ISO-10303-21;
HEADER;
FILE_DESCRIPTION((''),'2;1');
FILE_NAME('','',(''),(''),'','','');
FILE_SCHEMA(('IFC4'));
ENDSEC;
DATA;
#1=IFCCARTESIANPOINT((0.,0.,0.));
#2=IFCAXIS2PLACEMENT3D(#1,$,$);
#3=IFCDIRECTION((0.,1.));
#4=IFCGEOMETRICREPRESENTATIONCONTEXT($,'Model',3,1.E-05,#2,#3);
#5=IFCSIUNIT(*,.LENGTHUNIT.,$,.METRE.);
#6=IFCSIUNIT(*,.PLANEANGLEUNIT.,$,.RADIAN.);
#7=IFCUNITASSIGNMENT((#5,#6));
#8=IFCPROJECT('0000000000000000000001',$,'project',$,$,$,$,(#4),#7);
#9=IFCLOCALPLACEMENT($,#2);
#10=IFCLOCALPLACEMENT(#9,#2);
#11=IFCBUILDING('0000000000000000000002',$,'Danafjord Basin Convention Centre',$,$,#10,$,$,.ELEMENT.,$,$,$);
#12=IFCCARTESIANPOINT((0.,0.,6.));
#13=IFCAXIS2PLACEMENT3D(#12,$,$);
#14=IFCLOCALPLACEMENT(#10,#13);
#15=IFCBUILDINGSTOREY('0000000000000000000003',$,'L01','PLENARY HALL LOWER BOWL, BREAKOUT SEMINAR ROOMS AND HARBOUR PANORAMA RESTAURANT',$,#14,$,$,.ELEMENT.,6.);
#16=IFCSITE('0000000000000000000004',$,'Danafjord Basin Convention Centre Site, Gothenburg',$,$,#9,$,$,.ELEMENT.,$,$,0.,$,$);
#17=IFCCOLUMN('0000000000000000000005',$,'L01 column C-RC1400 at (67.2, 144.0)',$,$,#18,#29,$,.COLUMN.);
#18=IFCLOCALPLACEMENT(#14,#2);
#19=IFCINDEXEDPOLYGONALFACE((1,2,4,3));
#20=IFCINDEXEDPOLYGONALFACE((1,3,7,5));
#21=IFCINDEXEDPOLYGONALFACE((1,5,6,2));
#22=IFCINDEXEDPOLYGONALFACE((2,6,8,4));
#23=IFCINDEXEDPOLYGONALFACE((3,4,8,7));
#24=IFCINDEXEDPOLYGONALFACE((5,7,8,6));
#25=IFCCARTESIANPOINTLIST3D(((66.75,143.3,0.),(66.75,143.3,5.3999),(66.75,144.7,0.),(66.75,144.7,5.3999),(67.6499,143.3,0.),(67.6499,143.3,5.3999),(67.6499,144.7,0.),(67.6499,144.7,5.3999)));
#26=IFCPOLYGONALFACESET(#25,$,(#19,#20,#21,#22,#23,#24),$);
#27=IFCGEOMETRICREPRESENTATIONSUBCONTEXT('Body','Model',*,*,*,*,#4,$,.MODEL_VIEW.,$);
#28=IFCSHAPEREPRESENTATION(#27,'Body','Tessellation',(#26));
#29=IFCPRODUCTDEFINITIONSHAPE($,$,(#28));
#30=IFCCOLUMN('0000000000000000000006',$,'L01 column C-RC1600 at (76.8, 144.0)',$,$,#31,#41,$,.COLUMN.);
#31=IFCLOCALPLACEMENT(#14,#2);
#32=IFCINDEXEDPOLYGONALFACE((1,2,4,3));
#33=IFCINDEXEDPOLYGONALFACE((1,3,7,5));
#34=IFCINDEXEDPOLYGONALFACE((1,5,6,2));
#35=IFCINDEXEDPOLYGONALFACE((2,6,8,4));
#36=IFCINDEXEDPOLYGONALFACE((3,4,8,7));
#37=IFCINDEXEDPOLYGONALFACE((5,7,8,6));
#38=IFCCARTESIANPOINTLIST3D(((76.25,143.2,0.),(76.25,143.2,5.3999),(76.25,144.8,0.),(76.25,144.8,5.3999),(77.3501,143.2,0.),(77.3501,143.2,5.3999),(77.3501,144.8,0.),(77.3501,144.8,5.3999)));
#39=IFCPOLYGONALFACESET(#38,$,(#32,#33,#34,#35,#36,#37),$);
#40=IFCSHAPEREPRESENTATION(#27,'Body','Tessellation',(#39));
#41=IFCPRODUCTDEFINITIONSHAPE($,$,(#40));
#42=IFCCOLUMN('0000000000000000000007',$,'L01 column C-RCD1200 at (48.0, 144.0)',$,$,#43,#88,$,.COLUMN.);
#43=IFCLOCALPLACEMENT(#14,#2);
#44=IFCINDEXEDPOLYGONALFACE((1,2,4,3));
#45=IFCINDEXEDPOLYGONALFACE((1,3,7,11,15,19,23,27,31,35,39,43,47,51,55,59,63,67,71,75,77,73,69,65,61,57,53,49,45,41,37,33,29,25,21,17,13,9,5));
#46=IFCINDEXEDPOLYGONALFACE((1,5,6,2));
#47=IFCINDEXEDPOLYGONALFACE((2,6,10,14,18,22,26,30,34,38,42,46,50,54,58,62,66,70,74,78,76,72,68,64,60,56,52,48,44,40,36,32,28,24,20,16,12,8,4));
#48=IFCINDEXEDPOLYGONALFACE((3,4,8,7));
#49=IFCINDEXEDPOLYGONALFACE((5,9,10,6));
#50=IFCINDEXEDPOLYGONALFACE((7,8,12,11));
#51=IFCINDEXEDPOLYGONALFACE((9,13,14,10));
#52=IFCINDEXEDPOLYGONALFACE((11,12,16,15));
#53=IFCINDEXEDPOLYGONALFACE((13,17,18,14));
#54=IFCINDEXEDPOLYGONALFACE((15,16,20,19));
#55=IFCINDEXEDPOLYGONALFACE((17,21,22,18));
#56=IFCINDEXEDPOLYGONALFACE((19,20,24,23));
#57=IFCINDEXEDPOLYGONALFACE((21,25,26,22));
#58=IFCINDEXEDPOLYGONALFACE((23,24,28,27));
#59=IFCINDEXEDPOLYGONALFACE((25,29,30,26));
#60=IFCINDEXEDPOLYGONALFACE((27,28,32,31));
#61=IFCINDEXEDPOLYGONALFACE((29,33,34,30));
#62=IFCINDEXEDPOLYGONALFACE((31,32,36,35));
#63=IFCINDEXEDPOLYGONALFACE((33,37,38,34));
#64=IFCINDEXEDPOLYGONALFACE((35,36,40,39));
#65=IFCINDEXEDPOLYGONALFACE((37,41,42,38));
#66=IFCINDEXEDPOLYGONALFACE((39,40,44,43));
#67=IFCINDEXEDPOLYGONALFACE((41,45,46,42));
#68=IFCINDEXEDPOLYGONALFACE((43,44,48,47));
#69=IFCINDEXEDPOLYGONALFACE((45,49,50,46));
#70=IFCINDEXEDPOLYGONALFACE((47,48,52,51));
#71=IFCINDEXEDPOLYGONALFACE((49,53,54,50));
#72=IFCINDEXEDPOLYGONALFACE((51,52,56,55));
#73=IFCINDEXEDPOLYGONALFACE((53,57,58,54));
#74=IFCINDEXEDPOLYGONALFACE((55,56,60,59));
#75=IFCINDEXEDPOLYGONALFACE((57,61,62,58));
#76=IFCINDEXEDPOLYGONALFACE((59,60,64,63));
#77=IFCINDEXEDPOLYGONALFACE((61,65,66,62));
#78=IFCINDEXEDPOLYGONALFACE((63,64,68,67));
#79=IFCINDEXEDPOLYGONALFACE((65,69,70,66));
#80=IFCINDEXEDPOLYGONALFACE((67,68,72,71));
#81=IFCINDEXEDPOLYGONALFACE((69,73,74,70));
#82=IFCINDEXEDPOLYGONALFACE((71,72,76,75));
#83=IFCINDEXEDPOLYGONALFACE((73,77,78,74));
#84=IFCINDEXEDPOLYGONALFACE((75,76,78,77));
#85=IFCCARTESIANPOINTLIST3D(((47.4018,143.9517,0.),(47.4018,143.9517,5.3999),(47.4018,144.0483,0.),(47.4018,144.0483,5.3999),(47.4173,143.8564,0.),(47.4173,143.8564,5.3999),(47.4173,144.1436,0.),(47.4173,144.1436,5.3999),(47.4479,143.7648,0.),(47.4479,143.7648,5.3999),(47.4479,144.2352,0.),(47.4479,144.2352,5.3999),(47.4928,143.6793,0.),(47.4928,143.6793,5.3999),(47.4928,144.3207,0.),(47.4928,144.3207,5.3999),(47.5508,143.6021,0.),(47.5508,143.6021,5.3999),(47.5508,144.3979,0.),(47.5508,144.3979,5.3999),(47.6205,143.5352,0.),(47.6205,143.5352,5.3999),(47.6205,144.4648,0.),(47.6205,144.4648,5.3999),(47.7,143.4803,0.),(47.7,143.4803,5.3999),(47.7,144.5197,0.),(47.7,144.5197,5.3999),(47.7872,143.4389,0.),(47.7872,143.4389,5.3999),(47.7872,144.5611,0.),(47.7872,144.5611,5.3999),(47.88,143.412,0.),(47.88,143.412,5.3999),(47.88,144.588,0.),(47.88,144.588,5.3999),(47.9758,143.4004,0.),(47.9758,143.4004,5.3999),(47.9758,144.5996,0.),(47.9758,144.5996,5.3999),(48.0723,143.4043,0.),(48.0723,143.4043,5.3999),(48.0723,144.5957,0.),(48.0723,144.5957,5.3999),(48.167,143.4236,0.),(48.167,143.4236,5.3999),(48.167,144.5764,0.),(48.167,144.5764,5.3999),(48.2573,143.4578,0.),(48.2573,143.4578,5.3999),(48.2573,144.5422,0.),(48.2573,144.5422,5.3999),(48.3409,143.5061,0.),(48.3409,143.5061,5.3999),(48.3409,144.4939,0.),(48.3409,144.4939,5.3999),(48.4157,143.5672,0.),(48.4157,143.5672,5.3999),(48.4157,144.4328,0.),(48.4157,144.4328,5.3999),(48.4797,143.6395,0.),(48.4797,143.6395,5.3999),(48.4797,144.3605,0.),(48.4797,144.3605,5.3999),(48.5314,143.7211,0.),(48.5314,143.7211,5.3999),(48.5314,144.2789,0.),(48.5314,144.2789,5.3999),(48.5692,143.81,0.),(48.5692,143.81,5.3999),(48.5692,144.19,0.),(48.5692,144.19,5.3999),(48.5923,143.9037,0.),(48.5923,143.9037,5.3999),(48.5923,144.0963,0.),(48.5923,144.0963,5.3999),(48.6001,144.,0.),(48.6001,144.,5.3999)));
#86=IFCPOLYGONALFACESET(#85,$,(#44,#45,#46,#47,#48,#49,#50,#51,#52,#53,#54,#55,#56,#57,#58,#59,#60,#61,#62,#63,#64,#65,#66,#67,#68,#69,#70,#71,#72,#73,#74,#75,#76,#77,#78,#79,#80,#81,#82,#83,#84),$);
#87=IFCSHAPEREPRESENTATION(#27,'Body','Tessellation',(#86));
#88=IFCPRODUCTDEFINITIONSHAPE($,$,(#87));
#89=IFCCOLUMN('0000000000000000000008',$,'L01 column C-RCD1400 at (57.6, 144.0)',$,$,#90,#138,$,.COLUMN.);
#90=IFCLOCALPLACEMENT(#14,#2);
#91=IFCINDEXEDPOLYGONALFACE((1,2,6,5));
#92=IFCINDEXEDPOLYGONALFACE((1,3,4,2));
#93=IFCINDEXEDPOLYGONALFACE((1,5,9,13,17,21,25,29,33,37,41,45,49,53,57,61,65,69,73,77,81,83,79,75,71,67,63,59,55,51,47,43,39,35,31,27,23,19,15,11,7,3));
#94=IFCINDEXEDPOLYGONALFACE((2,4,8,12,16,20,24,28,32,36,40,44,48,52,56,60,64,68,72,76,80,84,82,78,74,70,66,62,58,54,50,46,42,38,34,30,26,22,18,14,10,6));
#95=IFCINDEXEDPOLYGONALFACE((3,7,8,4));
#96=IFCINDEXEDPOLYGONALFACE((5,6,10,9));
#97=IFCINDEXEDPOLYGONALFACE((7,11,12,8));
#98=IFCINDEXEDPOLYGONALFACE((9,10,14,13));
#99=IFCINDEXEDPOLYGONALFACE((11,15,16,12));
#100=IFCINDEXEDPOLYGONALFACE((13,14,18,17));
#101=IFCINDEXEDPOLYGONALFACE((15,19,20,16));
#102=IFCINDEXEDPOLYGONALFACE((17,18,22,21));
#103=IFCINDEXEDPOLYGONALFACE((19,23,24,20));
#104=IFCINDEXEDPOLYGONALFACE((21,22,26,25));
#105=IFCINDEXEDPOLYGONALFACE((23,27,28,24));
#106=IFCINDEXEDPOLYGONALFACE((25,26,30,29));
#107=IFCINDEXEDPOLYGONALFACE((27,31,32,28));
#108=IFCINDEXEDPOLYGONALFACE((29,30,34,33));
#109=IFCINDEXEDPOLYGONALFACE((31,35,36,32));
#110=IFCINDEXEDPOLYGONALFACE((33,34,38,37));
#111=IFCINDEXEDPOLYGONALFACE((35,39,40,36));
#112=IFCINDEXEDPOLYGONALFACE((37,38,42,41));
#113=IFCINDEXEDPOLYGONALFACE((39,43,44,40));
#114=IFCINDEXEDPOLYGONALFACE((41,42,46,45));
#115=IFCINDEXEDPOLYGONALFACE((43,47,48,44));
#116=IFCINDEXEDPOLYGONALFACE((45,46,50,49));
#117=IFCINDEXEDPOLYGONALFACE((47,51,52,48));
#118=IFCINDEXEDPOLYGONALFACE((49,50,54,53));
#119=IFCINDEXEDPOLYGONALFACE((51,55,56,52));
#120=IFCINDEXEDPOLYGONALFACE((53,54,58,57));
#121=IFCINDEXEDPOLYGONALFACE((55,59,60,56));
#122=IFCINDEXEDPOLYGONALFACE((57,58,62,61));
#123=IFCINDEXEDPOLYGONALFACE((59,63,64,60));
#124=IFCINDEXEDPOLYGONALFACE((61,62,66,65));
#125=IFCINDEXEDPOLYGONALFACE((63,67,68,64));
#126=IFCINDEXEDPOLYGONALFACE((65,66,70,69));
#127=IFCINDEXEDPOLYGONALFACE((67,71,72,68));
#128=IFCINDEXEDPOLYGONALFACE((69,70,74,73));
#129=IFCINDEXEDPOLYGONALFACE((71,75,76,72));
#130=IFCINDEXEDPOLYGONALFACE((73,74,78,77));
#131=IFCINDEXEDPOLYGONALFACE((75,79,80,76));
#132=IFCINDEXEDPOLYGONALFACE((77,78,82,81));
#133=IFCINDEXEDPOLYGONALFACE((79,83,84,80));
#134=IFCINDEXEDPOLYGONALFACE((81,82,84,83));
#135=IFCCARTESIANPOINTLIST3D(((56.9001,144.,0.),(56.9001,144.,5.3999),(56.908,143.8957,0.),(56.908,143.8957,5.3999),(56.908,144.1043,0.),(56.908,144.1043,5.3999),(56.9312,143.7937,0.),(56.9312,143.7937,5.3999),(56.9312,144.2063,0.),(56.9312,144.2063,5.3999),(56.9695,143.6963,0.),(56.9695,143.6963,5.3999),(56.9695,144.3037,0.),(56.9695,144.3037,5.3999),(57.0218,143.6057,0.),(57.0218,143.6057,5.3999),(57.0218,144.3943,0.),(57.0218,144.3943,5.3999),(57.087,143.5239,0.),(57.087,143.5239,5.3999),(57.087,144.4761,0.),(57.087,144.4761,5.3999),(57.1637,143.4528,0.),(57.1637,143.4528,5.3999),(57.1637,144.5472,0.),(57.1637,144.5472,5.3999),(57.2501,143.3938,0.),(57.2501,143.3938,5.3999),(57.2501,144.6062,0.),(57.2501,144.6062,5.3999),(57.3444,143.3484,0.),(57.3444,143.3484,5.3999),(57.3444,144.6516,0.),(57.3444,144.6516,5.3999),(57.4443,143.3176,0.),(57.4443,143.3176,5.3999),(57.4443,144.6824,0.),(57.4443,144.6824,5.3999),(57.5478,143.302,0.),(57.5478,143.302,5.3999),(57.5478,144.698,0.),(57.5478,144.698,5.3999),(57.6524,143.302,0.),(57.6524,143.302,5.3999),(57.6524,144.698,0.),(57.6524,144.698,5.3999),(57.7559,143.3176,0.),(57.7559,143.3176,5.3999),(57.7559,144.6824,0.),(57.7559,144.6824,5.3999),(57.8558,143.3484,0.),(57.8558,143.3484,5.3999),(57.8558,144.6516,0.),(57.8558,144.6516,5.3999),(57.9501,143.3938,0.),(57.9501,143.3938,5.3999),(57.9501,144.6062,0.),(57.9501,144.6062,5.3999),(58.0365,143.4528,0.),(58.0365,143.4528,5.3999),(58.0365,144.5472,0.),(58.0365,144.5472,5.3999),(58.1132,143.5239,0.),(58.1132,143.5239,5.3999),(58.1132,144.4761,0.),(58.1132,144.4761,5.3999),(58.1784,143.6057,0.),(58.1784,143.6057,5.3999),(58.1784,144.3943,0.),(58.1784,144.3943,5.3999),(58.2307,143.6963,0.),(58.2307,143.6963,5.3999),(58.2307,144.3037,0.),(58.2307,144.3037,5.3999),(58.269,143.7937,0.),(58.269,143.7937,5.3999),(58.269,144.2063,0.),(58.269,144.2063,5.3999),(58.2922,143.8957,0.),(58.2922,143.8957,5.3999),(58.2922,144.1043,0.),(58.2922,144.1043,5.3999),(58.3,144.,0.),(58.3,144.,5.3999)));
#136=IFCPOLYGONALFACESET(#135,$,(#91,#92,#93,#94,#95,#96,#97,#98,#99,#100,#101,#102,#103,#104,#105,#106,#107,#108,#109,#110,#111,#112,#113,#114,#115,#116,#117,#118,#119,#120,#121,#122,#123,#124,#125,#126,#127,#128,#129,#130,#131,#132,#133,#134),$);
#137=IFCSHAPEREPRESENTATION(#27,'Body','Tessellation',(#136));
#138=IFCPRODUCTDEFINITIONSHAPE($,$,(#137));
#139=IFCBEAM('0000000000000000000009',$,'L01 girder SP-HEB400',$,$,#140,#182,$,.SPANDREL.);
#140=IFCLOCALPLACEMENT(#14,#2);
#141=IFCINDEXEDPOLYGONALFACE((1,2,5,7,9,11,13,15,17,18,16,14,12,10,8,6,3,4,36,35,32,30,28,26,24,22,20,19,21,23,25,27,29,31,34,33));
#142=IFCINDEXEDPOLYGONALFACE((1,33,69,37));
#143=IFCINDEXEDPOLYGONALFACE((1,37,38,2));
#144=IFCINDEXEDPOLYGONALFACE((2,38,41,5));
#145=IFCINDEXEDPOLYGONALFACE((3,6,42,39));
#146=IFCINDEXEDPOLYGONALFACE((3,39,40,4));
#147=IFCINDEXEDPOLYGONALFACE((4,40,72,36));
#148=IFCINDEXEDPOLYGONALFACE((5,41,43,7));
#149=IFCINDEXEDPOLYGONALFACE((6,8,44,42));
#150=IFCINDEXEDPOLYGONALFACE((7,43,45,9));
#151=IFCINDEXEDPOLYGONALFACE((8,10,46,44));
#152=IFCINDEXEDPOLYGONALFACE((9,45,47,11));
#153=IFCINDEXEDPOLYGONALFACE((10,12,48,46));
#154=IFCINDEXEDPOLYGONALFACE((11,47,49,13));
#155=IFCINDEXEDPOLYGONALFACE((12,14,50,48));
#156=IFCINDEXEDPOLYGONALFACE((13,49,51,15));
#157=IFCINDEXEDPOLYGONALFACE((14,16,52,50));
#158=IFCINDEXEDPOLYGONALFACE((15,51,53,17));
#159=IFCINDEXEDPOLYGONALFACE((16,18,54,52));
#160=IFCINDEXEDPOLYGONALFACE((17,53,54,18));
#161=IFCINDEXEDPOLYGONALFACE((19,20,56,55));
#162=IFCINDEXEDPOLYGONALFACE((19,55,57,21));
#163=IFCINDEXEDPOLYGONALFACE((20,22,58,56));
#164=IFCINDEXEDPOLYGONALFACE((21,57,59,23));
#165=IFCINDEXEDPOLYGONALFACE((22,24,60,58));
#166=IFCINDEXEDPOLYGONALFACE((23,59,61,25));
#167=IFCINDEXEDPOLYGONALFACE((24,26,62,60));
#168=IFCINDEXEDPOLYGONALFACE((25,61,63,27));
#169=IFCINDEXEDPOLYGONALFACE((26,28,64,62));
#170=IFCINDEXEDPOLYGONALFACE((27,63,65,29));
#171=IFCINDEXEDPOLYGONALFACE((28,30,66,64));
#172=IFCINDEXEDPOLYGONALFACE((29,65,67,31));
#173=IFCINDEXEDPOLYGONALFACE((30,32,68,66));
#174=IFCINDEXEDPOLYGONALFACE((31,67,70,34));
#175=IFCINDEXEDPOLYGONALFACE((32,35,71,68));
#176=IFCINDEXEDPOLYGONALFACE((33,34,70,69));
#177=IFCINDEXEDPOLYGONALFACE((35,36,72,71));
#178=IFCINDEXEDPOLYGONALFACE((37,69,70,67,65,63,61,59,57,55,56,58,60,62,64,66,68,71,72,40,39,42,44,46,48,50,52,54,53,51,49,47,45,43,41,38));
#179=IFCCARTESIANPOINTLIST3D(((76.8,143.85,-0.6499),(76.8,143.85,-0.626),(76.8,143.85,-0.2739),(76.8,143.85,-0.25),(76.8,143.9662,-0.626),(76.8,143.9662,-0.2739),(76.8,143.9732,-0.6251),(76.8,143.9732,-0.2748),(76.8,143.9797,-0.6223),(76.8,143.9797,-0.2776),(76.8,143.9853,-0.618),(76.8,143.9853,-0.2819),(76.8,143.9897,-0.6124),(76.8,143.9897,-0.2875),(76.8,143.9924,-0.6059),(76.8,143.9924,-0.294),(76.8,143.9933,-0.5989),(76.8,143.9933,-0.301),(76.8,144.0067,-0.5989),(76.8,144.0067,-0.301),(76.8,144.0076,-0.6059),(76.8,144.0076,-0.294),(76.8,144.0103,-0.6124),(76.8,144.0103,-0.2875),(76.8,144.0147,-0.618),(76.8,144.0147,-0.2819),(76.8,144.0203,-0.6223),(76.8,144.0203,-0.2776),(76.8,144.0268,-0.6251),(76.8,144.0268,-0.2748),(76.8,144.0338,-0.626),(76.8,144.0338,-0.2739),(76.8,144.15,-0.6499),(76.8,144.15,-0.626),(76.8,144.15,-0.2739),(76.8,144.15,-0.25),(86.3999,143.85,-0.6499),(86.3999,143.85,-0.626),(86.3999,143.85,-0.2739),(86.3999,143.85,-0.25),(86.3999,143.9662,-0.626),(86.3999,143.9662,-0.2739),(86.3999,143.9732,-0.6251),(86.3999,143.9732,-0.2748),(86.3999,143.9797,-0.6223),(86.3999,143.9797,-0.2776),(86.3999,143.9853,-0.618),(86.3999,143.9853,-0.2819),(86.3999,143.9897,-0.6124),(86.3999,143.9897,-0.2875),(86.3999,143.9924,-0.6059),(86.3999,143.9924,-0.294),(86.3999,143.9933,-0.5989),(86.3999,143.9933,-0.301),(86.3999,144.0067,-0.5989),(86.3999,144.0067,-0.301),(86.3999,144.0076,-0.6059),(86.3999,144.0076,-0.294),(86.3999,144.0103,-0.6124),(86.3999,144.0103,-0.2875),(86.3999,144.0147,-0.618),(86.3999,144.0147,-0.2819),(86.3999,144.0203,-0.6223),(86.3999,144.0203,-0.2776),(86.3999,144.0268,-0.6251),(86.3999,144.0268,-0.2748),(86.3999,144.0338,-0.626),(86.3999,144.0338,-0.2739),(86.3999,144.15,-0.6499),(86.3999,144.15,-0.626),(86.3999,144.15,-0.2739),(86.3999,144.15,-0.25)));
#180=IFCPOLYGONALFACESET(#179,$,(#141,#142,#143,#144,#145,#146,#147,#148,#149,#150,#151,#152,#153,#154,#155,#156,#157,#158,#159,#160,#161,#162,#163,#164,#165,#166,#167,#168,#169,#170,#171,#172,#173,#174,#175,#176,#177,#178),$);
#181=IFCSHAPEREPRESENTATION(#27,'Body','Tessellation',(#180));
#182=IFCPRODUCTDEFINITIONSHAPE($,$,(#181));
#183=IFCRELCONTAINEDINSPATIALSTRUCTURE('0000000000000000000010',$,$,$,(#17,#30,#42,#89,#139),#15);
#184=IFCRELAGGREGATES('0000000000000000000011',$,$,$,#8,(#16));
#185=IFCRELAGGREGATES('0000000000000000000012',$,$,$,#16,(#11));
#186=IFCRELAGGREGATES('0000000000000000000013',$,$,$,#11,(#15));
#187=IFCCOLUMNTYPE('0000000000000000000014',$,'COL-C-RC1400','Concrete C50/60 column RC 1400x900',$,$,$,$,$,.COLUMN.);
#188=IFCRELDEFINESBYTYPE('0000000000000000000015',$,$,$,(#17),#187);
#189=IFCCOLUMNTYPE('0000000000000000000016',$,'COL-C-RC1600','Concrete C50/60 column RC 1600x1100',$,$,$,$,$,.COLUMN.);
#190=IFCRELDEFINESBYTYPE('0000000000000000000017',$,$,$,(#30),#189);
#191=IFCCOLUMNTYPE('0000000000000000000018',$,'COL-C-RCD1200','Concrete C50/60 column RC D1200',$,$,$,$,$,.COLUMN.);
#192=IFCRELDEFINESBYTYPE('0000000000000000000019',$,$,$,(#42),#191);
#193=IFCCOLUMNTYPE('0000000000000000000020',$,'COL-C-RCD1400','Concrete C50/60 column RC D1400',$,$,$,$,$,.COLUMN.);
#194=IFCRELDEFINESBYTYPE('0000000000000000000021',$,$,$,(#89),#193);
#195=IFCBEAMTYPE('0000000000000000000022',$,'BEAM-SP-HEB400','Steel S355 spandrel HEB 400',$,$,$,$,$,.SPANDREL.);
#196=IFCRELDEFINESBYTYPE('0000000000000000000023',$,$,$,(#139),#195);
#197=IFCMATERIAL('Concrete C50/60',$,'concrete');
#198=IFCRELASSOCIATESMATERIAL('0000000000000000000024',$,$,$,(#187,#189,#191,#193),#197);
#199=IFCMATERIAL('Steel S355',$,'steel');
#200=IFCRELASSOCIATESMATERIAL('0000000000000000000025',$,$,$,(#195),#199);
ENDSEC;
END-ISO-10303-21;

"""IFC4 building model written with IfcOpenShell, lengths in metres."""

from ifc_helpers import new_model, si_unit, direction, frame, origin, origin_2d, place, context, subcontext, project, spatial, rectangle, circle, i_section, extrude, material, material_profile, profile_set, type_object, element, save


model = new_model("IFC4")

# Units and contexts
model_context = context("Model", 3, precision=1e-05, world=origin(), true_north=direction((0.0, 1.0)))
body_context = subcontext(model_context, "Body", "Model", "MODEL_VIEW")
ifc_project = project(units=[si_unit("LENGTHUNIT", "METRE"), si_unit("PLANEANGLEUNIT", "RADIAN")], contexts=[model_context])

# Site, building, storey
site_placement = place(None, origin())
site = spatial("IfcSite", under=ifc_project, at=site_placement, Name="Danafjord Basin Convention Centre Site, Gothenburg", CompositionType="ELEMENT", RefElevation=0.0)
building_placement = place(site_placement, origin())
building = spatial("IfcBuilding", under=site, at=building_placement, Name="Danafjord Basin Convention Centre", CompositionType="ELEMENT")
storey_placement = place(building_placement, frame((0.0, 0.0, 6.0)))
storey = spatial("IfcBuildingStorey", under=building, at=storey_placement, Name="L01", Description="PLENARY HALL LOWER BOWL, BREAKOUT SEMINAR ROOMS AND HARBOUR PANORAMA RESTAURANT", CompositionType="ELEMENT", Elevation=6.0)

# Columns
ifc_material_1 = material(Name="Concrete C50/60", Category="concrete")
ifc_material_profile_1 = material_profile(ifc_material_1, rectangle(XDim=0.8999, YDim=1.3999, at=origin_2d()), Name="RC 1400x900")
ifc_profile_set_1 = profile_set([ifc_material_profile_1], Name="Concrete C50/60")
column_type_1 = type_object("IfcColumnType", Name="COL-C-RC1400", Description="Concrete C50/60 column RC 1400x900", PredefinedType="COLUMN", material=ifc_profile_set_1)
column_1_placement = place(storey_placement, frame((67.2, 144.0, 0.0), z_axis=(0.0, 0.0, 1.0), x_axis=(1.0, 0.0, 0.0)))
element("IfcColumn", 1, at=column_1_placement, inside=storey, type_object=column_type_1, Name="L01 column C-RC1400 at (67.2, 144.0)", PredefinedType="COLUMN", context=body_context, shape_type="SweptSolid", body=[
    extrude(rectangle(XDim=0.8999, YDim=1.3999, at=origin_2d()), origin(), (0.0, 0.0, 1.0), 5.3999),
])
ifc_material_profile_2 = material_profile(ifc_material_1, rectangle(XDim=1.1001, YDim=1.6001, at=origin_2d()), Name="RC 1600x1100")
ifc_profile_set_2 = profile_set([ifc_material_profile_2], Name="Concrete C50/60")
column_type_2 = type_object("IfcColumnType", Name="COL-C-RC1600", Description="Concrete C50/60 column RC 1600x1100", PredefinedType="COLUMN", material=ifc_profile_set_2)
column_2_placement = place(storey_placement, frame((76.8, 144.0, 0.0), z_axis=(0.0, 0.0, 1.0), x_axis=(1.0, 0.0, 0.0)))
element("IfcColumn", 2, at=column_2_placement, inside=storey, type_object=column_type_2, Name="L01 column C-RC1600 at (76.8, 144.0)", PredefinedType="COLUMN", context=body_context, shape_type="SweptSolid", body=[
    extrude(rectangle(XDim=1.1001, YDim=1.6001, at=origin_2d()), origin(), (0.0, 0.0, 1.0), 5.3999),
])
ifc_material_profile_3 = material_profile(ifc_material_1, circle(Radius=0.6001, at=origin_2d()), Name="RC D1200")
ifc_profile_set_3 = profile_set([ifc_material_profile_3], Name="Concrete C50/60")
column_type_3 = type_object("IfcColumnType", Name="COL-C-RCD1200", Description="Concrete C50/60 column RC D1200", PredefinedType="COLUMN", material=ifc_profile_set_3)
column_3_placement = place(storey_placement, frame((48.0, 144.0, 0.0), z_axis=(0.0, 0.0, 1.0), x_axis=(1.0, 0.0, 0.0)))
element("IfcColumn", 3, at=column_3_placement, inside=storey, type_object=column_type_3, Name="L01 column C-RCD1200 at (48.0, 144.0)", PredefinedType="COLUMN", context=body_context, shape_type="SweptSolid", body=[
    extrude(circle(Radius=0.6001, at=origin_2d()), origin(), (0.0, 0.0, 1.0), 5.3999),
])
ifc_material_profile_4 = material_profile(ifc_material_1, circle(Radius=0.7, at=origin_2d()), Name="RC D1400")
ifc_profile_set_4 = profile_set([ifc_material_profile_4], Name="Concrete C50/60")
column_type_4 = type_object("IfcColumnType", Name="COL-C-RCD1400", Description="Concrete C50/60 column RC D1400", PredefinedType="COLUMN", material=ifc_profile_set_4)
column_4_placement = place(storey_placement, frame((57.6001, 144.0, 0.0), z_axis=(0.0, 0.0, 1.0), x_axis=(1.0, 0.0, 0.0)))
element("IfcColumn", 4, at=column_4_placement, inside=storey, type_object=column_type_4, Name="L01 column C-RCD1400 at (57.6, 144.0)", PredefinedType="COLUMN", context=body_context, shape_type="SweptSolid", body=[
    extrude(circle(Radius=0.7, at=origin_2d()), origin(), (0.0, 0.0, 1.0), 5.3999),
])

# Beam
ifc_material_2 = material(Name="Steel S355", Category="steel")
ifc_material_profile_5 = material_profile(ifc_material_2, i_section(OverallWidth=0.3, OverallDepth=0.3999, WebThickness=0.0134, FlangeThickness=0.0239, FilletRadius=0.0271, at=origin_2d()), Name="HEB 400")
ifc_profile_set_5 = profile_set([ifc_material_profile_5], Name="Steel S355")
beam_type_1 = type_object("IfcBeamType", Name="BEAM-SP-HEB400", Description="Steel S355 spandrel HEB 400", PredefinedType="SPANDREL", material=ifc_profile_set_5)
beam_1_placement = place(storey_placement, frame((76.8, 144.0, -0.45), z_axis=(1.0, 0.0, 0.0), x_axis=(0.0, 1.0, 0.0)))
element("IfcBeam", 5, at=beam_1_placement, inside=storey, type_object=beam_type_1, Name="L01 girder SP-HEB400", PredefinedType="SPANDREL", context=body_context, shape_type="SweptSolid", body=[
    extrude(i_section(OverallWidth=0.3, OverallDepth=0.3999, WebThickness=0.0134, FlangeThickness=0.0239, FilletRadius=0.0271, at=origin_2d()), origin(), (0.0, 0.0, 1.0), 9.5999),
])

save(model, "model.ifc")
